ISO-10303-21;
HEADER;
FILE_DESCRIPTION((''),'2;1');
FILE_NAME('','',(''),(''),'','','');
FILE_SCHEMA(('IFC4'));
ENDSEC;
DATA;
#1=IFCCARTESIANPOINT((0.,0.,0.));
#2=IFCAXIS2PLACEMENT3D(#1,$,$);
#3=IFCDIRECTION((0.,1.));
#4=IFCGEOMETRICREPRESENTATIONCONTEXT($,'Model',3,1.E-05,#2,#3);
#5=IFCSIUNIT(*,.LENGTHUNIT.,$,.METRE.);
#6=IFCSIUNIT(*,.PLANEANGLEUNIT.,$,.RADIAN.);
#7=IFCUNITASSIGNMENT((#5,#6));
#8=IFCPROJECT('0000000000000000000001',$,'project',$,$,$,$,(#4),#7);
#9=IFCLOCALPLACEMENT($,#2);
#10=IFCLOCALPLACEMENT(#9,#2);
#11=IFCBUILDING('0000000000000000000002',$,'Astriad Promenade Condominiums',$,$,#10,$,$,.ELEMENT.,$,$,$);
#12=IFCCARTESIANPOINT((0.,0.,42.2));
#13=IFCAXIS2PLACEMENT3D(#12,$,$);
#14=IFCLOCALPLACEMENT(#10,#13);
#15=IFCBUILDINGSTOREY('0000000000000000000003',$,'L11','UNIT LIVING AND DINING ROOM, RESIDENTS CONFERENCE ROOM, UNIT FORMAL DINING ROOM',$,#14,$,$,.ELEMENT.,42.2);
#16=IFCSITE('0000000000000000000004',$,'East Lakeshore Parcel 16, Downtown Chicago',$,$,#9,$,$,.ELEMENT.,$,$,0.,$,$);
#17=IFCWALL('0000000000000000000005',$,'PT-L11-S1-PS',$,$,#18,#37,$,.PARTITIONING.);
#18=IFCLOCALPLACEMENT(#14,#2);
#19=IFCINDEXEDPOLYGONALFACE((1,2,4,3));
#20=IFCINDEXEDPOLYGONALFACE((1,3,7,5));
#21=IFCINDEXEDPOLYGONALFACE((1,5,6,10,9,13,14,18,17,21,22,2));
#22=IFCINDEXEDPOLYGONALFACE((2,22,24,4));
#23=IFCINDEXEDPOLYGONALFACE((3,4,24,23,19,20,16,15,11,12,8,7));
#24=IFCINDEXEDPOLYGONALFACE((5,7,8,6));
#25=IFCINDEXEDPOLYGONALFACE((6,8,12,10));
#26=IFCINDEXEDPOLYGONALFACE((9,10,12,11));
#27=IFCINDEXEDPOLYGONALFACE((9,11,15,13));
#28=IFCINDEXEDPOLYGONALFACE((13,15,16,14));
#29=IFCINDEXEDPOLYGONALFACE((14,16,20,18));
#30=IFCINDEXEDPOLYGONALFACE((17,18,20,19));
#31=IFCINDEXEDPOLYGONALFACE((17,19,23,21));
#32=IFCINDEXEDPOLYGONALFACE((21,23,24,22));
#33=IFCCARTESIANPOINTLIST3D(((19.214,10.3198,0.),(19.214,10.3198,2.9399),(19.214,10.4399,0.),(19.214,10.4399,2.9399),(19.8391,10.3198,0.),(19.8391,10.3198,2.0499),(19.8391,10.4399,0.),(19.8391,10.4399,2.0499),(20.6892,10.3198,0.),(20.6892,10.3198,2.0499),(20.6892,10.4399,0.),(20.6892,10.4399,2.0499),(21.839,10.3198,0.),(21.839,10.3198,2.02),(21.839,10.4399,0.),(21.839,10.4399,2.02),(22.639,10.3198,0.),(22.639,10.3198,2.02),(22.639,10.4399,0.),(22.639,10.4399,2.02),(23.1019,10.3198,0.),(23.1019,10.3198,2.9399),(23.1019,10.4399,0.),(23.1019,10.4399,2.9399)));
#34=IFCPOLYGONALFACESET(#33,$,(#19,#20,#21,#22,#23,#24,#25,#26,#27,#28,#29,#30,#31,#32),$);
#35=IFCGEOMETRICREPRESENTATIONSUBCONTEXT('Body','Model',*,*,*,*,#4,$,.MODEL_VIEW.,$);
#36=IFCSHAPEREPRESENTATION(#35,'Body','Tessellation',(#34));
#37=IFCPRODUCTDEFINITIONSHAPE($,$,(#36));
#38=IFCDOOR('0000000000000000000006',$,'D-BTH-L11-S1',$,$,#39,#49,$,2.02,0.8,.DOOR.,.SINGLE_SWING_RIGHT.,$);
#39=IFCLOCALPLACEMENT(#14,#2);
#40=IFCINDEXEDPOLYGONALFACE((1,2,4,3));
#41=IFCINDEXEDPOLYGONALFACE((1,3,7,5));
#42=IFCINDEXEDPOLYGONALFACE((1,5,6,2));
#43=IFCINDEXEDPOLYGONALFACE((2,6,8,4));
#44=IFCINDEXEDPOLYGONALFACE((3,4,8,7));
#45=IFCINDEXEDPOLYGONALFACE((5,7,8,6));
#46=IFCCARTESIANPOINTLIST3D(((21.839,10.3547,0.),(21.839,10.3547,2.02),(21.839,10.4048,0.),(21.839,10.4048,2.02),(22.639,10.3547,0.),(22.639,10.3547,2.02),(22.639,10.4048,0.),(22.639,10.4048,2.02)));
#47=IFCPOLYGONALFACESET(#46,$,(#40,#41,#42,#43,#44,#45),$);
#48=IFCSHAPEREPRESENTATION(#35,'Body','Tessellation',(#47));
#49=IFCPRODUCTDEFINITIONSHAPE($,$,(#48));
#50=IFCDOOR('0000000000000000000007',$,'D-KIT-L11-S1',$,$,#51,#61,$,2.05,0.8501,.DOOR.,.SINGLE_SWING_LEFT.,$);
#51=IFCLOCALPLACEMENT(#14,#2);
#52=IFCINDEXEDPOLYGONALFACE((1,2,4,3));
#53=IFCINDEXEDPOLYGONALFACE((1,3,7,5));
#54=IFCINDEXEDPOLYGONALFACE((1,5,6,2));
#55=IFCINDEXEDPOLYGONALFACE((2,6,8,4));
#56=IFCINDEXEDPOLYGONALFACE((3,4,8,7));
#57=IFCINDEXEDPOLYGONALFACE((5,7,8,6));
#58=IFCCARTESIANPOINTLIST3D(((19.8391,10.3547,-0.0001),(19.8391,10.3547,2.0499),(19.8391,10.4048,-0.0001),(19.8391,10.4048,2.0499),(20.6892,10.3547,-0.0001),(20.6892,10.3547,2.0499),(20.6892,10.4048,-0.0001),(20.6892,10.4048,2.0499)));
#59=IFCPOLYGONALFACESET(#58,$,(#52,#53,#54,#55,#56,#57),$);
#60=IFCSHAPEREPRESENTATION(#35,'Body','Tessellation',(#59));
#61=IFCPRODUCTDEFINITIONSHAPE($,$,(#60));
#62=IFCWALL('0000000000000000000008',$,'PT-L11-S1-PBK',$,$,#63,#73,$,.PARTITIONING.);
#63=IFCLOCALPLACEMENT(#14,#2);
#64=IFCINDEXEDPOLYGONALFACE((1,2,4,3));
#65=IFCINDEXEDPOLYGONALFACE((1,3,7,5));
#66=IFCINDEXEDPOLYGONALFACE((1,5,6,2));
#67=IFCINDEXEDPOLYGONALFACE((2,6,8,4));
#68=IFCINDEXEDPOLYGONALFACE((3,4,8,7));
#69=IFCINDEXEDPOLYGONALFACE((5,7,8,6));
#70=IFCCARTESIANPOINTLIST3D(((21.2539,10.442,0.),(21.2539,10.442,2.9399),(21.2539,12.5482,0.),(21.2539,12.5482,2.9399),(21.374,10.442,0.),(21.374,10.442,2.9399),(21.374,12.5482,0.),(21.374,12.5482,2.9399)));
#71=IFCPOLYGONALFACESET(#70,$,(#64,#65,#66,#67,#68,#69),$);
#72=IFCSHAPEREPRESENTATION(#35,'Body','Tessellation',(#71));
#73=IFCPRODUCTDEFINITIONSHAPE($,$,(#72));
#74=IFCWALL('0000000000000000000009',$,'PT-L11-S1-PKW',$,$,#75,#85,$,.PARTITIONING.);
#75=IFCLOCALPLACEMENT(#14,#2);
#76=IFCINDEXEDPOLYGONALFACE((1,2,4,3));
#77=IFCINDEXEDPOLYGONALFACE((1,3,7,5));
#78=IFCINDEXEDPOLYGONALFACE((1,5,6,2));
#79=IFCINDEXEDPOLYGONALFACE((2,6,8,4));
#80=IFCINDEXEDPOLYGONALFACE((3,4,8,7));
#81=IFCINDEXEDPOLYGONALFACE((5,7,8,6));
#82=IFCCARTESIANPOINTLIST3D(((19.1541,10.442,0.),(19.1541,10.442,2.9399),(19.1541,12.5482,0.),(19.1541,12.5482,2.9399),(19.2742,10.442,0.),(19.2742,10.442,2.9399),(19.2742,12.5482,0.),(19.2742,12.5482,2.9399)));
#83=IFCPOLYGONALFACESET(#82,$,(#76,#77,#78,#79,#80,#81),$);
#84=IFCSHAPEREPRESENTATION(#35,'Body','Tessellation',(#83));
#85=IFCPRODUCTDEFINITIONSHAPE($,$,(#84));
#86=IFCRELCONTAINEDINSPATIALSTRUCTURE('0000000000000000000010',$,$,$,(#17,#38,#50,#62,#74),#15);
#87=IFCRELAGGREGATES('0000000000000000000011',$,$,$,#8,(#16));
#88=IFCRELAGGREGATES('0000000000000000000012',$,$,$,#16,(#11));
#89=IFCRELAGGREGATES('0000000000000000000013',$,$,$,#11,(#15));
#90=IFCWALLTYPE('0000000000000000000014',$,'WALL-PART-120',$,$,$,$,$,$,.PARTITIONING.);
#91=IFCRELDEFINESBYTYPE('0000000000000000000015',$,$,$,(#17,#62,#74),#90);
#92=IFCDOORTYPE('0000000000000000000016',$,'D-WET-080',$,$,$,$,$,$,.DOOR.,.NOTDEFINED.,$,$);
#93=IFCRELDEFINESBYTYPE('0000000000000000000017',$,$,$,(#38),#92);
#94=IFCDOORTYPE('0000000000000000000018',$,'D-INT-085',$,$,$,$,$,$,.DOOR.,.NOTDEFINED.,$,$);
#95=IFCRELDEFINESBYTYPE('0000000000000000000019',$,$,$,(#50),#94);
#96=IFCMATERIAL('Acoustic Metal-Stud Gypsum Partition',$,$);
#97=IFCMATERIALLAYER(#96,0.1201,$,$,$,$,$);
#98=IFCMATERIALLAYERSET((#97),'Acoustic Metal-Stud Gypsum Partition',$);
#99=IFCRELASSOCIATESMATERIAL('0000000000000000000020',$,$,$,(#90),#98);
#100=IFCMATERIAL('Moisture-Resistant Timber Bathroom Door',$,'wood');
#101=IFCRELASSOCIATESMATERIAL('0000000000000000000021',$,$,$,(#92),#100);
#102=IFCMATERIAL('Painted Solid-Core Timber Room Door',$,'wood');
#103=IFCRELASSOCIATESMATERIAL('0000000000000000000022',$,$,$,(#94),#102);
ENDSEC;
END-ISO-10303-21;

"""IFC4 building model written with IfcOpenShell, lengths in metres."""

from ifc_helpers import new_model, si_unit, direction, frame, frame_2d, origin, place, context, subcontext, project, spatial, rectangle, extrude, source, transform, mapped, material, layer, layer_set, type_object, type_shapes, element, fill, save


model = new_model("IFC4")

# Units and contexts
model_context = context("Model", 3, precision=1e-05, world=origin(), true_north=direction((0.0, 1.0)))
body_context = subcontext(model_context, "Body", "Model", "MODEL_VIEW")
ifc_project = project(units=[si_unit("LENGTHUNIT", "METRE"), si_unit("PLANEANGLEUNIT", "RADIAN")], contexts=[model_context])

# Site, building, storey
site_placement = place(None, origin())
site = spatial("IfcSite", under=ifc_project, at=site_placement, Name="East Lakeshore Parcel 16, Downtown Chicago", CompositionType="ELEMENT", RefElevation=0.0)
building_placement = place(site_placement, origin())
building = spatial("IfcBuilding", under=site, at=building_placement, Name="Astriad Promenade Condominiums", CompositionType="ELEMENT")
storey_placement = place(building_placement, frame((0.0, 0.0, 42.2)))
storey = spatial("IfcBuildingStorey", under=building, at=storey_placement, Name="L11", Description="UNIT LIVING AND DINING ROOM, RESIDENTS CONFERENCE ROOM, UNIT FORMAL DINING ROOM", CompositionType="ELEMENT", Elevation=42.2)

# Wall, openings, doors
ifc_material_1 = material(Name="Acoustic Metal-Stud Gypsum Partition")
ifc_layer_1 = layer(ifc_material_1, 0.1201)
ifc_layer_set_1 = layer_set([ifc_layer_1], Name="Acoustic Metal-Stud Gypsum Partition")
wall_type_1 = type_object("IfcWallType", Name="WALL-PART-120", PredefinedType="PARTITIONING", material=ifc_layer_set_1)
wall_1_placement = place(storey_placement, frame((19.2141, 10.3799, 0.0), z_axis=(0.0, 0.0, 1.0), x_axis=(1.0, 0.0, 0.0)))
wall_1 = element("IfcWall", 1, at=wall_1_placement, inside=storey, type_object=wall_type_1, Name="PT-L11-S1-PS", PredefinedType="PARTITIONING", context=body_context, shape_type="SweptSolid", body=[
    extrude(rectangle(XDim=3.8879, YDim=0.1201, at=frame_2d((1.9438, 0.0))), origin(), (0.0, 0.0, 1.0), 2.9399),
])
opening_1_placement = place(wall_1_placement, frame((0.625, 0.0, 0.0)))
opening_1 = element("IfcOpeningElement", 2, at=opening_1_placement, cuts=wall_1, PredefinedType="OPENING", context=body_context, shape_type="SweptSolid", body=[
    extrude(rectangle(XDim=0.8501, YDim=2.05, at=frame_2d((0.425, 1.0249))), frame((0.0, 0.0701, 0.0), z_axis=(0.0, -1.0, 0.0), x_axis=(1.0, 0.0, 0.0)), (0.0, 0.0, 1.0), 0.1401),
])
opening_2_placement = place(wall_1_placement, frame((2.625, 0.0, 0.0)))
opening_2 = element("IfcOpeningElement", 3, at=opening_2_placement, cuts=wall_1, PredefinedType="OPENING", context=body_context, shape_type="SweptSolid", body=[
    extrude(rectangle(XDim=0.8, YDim=2.02, at=frame_2d((0.3999, 1.01))), frame((0.0, 0.0701, 0.0), z_axis=(0.0, -1.0, 0.0), x_axis=(1.0, 0.0, 0.0)), (0.0, 0.0, 1.0), 0.1401),
])
ifc_material_2 = material(Name="Moisture-Resistant Timber Bathroom Door", Category="wood")
door_type_1 = type_object("IfcDoorType", Name="D-WET-080", OperationType="NOTDEFINED", PredefinedType="DOOR", material=ifc_material_2)
shared_shape_1 = source(origin(), body_context, "Body", "SweptSolid", [
    extrude(rectangle(XDim=0.8, YDim=2.02, at=frame_2d((0.3999, 1.01))), frame((0.0, 0.0249, 0.0), z_axis=(0.0, -1.0, 0.0), x_axis=(1.0, 0.0, 0.0)), (0.0, 0.0, 1.0), 0.05),
])
type_shapes(door_type_1, [shared_shape_1])
door_1_placement = place(opening_2_placement, origin())
door_1 = element("IfcDoor", 4, at=door_1_placement, inside=storey, type_object=door_type_1, Name="D-BTH-L11-S1", OperationType="SINGLE_SWING_RIGHT", OverallHeight=2.02, OverallWidth=0.8, PredefinedType="DOOR", context=body_context, shape_type="MappedRepresentation", body=[
    mapped(shared_shape_1, transform((0.0, 0.0, 0.0), scale=1.0)),
])
fill(opening_2, door_1)
ifc_material_3 = material(Name="Painted Solid-Core Timber Room Door", Category="wood")
door_type_2 = type_object("IfcDoorType", Name="D-INT-085", OperationType="NOTDEFINED", PredefinedType="DOOR", material=ifc_material_3)
shared_shape_2 = source(origin(), body_context, "Body", "SweptSolid", [
    extrude(rectangle(XDim=0.8501, YDim=2.05, at=frame_2d((0.425, 1.0249))), frame((0.0, 0.0249, 0.0), z_axis=(0.0, -1.0, 0.0), x_axis=(1.0, 0.0, 0.0)), (0.0, 0.0, 1.0), 0.05),
])
type_shapes(door_type_2, [shared_shape_2])
door_2_placement = place(opening_1_placement, origin())
door_2 = element("IfcDoor", 5, at=door_2_placement, inside=storey, type_object=door_type_2, Name="D-KIT-L11-S1", OperationType="SINGLE_SWING_LEFT", OverallHeight=2.05, OverallWidth=0.8501, PredefinedType="DOOR", context=body_context, shape_type="MappedRepresentation", body=[
    mapped(shared_shape_2, transform((0.0, 0.0, 0.0), scale=1.0)),
])
fill(opening_1, door_2)

# Walls
for number, where, z_axis, x_axis, name in (
    (6, (21.314, 10.4419, 0.0), (0.0, 0.0, 1.0), (0.0, 1.0, 0.0), "PT-L11-S1-PBK"),
    (7, (19.2141, 10.4419, 0.0), (0.0, 0.0, 1.0), (0.0, 1.0, 0.0), "PT-L11-S1-PKW"),
):
    element("IfcWall", number, at=place(storey_placement, frame(where, z_axis=z_axis, x_axis=x_axis)), inside=storey, type_object=wall_type_1, Name=name, PredefinedType="PARTITIONING", context=body_context, shape_type="SweptSolid", body=[
        extrude(rectangle(XDim=2.1062, YDim=0.1201, at=frame_2d((1.0532, 0.0))), origin(), (0.0, 0.0, 1.0), 2.9399),
    ])

save(model, "model.ifc")
